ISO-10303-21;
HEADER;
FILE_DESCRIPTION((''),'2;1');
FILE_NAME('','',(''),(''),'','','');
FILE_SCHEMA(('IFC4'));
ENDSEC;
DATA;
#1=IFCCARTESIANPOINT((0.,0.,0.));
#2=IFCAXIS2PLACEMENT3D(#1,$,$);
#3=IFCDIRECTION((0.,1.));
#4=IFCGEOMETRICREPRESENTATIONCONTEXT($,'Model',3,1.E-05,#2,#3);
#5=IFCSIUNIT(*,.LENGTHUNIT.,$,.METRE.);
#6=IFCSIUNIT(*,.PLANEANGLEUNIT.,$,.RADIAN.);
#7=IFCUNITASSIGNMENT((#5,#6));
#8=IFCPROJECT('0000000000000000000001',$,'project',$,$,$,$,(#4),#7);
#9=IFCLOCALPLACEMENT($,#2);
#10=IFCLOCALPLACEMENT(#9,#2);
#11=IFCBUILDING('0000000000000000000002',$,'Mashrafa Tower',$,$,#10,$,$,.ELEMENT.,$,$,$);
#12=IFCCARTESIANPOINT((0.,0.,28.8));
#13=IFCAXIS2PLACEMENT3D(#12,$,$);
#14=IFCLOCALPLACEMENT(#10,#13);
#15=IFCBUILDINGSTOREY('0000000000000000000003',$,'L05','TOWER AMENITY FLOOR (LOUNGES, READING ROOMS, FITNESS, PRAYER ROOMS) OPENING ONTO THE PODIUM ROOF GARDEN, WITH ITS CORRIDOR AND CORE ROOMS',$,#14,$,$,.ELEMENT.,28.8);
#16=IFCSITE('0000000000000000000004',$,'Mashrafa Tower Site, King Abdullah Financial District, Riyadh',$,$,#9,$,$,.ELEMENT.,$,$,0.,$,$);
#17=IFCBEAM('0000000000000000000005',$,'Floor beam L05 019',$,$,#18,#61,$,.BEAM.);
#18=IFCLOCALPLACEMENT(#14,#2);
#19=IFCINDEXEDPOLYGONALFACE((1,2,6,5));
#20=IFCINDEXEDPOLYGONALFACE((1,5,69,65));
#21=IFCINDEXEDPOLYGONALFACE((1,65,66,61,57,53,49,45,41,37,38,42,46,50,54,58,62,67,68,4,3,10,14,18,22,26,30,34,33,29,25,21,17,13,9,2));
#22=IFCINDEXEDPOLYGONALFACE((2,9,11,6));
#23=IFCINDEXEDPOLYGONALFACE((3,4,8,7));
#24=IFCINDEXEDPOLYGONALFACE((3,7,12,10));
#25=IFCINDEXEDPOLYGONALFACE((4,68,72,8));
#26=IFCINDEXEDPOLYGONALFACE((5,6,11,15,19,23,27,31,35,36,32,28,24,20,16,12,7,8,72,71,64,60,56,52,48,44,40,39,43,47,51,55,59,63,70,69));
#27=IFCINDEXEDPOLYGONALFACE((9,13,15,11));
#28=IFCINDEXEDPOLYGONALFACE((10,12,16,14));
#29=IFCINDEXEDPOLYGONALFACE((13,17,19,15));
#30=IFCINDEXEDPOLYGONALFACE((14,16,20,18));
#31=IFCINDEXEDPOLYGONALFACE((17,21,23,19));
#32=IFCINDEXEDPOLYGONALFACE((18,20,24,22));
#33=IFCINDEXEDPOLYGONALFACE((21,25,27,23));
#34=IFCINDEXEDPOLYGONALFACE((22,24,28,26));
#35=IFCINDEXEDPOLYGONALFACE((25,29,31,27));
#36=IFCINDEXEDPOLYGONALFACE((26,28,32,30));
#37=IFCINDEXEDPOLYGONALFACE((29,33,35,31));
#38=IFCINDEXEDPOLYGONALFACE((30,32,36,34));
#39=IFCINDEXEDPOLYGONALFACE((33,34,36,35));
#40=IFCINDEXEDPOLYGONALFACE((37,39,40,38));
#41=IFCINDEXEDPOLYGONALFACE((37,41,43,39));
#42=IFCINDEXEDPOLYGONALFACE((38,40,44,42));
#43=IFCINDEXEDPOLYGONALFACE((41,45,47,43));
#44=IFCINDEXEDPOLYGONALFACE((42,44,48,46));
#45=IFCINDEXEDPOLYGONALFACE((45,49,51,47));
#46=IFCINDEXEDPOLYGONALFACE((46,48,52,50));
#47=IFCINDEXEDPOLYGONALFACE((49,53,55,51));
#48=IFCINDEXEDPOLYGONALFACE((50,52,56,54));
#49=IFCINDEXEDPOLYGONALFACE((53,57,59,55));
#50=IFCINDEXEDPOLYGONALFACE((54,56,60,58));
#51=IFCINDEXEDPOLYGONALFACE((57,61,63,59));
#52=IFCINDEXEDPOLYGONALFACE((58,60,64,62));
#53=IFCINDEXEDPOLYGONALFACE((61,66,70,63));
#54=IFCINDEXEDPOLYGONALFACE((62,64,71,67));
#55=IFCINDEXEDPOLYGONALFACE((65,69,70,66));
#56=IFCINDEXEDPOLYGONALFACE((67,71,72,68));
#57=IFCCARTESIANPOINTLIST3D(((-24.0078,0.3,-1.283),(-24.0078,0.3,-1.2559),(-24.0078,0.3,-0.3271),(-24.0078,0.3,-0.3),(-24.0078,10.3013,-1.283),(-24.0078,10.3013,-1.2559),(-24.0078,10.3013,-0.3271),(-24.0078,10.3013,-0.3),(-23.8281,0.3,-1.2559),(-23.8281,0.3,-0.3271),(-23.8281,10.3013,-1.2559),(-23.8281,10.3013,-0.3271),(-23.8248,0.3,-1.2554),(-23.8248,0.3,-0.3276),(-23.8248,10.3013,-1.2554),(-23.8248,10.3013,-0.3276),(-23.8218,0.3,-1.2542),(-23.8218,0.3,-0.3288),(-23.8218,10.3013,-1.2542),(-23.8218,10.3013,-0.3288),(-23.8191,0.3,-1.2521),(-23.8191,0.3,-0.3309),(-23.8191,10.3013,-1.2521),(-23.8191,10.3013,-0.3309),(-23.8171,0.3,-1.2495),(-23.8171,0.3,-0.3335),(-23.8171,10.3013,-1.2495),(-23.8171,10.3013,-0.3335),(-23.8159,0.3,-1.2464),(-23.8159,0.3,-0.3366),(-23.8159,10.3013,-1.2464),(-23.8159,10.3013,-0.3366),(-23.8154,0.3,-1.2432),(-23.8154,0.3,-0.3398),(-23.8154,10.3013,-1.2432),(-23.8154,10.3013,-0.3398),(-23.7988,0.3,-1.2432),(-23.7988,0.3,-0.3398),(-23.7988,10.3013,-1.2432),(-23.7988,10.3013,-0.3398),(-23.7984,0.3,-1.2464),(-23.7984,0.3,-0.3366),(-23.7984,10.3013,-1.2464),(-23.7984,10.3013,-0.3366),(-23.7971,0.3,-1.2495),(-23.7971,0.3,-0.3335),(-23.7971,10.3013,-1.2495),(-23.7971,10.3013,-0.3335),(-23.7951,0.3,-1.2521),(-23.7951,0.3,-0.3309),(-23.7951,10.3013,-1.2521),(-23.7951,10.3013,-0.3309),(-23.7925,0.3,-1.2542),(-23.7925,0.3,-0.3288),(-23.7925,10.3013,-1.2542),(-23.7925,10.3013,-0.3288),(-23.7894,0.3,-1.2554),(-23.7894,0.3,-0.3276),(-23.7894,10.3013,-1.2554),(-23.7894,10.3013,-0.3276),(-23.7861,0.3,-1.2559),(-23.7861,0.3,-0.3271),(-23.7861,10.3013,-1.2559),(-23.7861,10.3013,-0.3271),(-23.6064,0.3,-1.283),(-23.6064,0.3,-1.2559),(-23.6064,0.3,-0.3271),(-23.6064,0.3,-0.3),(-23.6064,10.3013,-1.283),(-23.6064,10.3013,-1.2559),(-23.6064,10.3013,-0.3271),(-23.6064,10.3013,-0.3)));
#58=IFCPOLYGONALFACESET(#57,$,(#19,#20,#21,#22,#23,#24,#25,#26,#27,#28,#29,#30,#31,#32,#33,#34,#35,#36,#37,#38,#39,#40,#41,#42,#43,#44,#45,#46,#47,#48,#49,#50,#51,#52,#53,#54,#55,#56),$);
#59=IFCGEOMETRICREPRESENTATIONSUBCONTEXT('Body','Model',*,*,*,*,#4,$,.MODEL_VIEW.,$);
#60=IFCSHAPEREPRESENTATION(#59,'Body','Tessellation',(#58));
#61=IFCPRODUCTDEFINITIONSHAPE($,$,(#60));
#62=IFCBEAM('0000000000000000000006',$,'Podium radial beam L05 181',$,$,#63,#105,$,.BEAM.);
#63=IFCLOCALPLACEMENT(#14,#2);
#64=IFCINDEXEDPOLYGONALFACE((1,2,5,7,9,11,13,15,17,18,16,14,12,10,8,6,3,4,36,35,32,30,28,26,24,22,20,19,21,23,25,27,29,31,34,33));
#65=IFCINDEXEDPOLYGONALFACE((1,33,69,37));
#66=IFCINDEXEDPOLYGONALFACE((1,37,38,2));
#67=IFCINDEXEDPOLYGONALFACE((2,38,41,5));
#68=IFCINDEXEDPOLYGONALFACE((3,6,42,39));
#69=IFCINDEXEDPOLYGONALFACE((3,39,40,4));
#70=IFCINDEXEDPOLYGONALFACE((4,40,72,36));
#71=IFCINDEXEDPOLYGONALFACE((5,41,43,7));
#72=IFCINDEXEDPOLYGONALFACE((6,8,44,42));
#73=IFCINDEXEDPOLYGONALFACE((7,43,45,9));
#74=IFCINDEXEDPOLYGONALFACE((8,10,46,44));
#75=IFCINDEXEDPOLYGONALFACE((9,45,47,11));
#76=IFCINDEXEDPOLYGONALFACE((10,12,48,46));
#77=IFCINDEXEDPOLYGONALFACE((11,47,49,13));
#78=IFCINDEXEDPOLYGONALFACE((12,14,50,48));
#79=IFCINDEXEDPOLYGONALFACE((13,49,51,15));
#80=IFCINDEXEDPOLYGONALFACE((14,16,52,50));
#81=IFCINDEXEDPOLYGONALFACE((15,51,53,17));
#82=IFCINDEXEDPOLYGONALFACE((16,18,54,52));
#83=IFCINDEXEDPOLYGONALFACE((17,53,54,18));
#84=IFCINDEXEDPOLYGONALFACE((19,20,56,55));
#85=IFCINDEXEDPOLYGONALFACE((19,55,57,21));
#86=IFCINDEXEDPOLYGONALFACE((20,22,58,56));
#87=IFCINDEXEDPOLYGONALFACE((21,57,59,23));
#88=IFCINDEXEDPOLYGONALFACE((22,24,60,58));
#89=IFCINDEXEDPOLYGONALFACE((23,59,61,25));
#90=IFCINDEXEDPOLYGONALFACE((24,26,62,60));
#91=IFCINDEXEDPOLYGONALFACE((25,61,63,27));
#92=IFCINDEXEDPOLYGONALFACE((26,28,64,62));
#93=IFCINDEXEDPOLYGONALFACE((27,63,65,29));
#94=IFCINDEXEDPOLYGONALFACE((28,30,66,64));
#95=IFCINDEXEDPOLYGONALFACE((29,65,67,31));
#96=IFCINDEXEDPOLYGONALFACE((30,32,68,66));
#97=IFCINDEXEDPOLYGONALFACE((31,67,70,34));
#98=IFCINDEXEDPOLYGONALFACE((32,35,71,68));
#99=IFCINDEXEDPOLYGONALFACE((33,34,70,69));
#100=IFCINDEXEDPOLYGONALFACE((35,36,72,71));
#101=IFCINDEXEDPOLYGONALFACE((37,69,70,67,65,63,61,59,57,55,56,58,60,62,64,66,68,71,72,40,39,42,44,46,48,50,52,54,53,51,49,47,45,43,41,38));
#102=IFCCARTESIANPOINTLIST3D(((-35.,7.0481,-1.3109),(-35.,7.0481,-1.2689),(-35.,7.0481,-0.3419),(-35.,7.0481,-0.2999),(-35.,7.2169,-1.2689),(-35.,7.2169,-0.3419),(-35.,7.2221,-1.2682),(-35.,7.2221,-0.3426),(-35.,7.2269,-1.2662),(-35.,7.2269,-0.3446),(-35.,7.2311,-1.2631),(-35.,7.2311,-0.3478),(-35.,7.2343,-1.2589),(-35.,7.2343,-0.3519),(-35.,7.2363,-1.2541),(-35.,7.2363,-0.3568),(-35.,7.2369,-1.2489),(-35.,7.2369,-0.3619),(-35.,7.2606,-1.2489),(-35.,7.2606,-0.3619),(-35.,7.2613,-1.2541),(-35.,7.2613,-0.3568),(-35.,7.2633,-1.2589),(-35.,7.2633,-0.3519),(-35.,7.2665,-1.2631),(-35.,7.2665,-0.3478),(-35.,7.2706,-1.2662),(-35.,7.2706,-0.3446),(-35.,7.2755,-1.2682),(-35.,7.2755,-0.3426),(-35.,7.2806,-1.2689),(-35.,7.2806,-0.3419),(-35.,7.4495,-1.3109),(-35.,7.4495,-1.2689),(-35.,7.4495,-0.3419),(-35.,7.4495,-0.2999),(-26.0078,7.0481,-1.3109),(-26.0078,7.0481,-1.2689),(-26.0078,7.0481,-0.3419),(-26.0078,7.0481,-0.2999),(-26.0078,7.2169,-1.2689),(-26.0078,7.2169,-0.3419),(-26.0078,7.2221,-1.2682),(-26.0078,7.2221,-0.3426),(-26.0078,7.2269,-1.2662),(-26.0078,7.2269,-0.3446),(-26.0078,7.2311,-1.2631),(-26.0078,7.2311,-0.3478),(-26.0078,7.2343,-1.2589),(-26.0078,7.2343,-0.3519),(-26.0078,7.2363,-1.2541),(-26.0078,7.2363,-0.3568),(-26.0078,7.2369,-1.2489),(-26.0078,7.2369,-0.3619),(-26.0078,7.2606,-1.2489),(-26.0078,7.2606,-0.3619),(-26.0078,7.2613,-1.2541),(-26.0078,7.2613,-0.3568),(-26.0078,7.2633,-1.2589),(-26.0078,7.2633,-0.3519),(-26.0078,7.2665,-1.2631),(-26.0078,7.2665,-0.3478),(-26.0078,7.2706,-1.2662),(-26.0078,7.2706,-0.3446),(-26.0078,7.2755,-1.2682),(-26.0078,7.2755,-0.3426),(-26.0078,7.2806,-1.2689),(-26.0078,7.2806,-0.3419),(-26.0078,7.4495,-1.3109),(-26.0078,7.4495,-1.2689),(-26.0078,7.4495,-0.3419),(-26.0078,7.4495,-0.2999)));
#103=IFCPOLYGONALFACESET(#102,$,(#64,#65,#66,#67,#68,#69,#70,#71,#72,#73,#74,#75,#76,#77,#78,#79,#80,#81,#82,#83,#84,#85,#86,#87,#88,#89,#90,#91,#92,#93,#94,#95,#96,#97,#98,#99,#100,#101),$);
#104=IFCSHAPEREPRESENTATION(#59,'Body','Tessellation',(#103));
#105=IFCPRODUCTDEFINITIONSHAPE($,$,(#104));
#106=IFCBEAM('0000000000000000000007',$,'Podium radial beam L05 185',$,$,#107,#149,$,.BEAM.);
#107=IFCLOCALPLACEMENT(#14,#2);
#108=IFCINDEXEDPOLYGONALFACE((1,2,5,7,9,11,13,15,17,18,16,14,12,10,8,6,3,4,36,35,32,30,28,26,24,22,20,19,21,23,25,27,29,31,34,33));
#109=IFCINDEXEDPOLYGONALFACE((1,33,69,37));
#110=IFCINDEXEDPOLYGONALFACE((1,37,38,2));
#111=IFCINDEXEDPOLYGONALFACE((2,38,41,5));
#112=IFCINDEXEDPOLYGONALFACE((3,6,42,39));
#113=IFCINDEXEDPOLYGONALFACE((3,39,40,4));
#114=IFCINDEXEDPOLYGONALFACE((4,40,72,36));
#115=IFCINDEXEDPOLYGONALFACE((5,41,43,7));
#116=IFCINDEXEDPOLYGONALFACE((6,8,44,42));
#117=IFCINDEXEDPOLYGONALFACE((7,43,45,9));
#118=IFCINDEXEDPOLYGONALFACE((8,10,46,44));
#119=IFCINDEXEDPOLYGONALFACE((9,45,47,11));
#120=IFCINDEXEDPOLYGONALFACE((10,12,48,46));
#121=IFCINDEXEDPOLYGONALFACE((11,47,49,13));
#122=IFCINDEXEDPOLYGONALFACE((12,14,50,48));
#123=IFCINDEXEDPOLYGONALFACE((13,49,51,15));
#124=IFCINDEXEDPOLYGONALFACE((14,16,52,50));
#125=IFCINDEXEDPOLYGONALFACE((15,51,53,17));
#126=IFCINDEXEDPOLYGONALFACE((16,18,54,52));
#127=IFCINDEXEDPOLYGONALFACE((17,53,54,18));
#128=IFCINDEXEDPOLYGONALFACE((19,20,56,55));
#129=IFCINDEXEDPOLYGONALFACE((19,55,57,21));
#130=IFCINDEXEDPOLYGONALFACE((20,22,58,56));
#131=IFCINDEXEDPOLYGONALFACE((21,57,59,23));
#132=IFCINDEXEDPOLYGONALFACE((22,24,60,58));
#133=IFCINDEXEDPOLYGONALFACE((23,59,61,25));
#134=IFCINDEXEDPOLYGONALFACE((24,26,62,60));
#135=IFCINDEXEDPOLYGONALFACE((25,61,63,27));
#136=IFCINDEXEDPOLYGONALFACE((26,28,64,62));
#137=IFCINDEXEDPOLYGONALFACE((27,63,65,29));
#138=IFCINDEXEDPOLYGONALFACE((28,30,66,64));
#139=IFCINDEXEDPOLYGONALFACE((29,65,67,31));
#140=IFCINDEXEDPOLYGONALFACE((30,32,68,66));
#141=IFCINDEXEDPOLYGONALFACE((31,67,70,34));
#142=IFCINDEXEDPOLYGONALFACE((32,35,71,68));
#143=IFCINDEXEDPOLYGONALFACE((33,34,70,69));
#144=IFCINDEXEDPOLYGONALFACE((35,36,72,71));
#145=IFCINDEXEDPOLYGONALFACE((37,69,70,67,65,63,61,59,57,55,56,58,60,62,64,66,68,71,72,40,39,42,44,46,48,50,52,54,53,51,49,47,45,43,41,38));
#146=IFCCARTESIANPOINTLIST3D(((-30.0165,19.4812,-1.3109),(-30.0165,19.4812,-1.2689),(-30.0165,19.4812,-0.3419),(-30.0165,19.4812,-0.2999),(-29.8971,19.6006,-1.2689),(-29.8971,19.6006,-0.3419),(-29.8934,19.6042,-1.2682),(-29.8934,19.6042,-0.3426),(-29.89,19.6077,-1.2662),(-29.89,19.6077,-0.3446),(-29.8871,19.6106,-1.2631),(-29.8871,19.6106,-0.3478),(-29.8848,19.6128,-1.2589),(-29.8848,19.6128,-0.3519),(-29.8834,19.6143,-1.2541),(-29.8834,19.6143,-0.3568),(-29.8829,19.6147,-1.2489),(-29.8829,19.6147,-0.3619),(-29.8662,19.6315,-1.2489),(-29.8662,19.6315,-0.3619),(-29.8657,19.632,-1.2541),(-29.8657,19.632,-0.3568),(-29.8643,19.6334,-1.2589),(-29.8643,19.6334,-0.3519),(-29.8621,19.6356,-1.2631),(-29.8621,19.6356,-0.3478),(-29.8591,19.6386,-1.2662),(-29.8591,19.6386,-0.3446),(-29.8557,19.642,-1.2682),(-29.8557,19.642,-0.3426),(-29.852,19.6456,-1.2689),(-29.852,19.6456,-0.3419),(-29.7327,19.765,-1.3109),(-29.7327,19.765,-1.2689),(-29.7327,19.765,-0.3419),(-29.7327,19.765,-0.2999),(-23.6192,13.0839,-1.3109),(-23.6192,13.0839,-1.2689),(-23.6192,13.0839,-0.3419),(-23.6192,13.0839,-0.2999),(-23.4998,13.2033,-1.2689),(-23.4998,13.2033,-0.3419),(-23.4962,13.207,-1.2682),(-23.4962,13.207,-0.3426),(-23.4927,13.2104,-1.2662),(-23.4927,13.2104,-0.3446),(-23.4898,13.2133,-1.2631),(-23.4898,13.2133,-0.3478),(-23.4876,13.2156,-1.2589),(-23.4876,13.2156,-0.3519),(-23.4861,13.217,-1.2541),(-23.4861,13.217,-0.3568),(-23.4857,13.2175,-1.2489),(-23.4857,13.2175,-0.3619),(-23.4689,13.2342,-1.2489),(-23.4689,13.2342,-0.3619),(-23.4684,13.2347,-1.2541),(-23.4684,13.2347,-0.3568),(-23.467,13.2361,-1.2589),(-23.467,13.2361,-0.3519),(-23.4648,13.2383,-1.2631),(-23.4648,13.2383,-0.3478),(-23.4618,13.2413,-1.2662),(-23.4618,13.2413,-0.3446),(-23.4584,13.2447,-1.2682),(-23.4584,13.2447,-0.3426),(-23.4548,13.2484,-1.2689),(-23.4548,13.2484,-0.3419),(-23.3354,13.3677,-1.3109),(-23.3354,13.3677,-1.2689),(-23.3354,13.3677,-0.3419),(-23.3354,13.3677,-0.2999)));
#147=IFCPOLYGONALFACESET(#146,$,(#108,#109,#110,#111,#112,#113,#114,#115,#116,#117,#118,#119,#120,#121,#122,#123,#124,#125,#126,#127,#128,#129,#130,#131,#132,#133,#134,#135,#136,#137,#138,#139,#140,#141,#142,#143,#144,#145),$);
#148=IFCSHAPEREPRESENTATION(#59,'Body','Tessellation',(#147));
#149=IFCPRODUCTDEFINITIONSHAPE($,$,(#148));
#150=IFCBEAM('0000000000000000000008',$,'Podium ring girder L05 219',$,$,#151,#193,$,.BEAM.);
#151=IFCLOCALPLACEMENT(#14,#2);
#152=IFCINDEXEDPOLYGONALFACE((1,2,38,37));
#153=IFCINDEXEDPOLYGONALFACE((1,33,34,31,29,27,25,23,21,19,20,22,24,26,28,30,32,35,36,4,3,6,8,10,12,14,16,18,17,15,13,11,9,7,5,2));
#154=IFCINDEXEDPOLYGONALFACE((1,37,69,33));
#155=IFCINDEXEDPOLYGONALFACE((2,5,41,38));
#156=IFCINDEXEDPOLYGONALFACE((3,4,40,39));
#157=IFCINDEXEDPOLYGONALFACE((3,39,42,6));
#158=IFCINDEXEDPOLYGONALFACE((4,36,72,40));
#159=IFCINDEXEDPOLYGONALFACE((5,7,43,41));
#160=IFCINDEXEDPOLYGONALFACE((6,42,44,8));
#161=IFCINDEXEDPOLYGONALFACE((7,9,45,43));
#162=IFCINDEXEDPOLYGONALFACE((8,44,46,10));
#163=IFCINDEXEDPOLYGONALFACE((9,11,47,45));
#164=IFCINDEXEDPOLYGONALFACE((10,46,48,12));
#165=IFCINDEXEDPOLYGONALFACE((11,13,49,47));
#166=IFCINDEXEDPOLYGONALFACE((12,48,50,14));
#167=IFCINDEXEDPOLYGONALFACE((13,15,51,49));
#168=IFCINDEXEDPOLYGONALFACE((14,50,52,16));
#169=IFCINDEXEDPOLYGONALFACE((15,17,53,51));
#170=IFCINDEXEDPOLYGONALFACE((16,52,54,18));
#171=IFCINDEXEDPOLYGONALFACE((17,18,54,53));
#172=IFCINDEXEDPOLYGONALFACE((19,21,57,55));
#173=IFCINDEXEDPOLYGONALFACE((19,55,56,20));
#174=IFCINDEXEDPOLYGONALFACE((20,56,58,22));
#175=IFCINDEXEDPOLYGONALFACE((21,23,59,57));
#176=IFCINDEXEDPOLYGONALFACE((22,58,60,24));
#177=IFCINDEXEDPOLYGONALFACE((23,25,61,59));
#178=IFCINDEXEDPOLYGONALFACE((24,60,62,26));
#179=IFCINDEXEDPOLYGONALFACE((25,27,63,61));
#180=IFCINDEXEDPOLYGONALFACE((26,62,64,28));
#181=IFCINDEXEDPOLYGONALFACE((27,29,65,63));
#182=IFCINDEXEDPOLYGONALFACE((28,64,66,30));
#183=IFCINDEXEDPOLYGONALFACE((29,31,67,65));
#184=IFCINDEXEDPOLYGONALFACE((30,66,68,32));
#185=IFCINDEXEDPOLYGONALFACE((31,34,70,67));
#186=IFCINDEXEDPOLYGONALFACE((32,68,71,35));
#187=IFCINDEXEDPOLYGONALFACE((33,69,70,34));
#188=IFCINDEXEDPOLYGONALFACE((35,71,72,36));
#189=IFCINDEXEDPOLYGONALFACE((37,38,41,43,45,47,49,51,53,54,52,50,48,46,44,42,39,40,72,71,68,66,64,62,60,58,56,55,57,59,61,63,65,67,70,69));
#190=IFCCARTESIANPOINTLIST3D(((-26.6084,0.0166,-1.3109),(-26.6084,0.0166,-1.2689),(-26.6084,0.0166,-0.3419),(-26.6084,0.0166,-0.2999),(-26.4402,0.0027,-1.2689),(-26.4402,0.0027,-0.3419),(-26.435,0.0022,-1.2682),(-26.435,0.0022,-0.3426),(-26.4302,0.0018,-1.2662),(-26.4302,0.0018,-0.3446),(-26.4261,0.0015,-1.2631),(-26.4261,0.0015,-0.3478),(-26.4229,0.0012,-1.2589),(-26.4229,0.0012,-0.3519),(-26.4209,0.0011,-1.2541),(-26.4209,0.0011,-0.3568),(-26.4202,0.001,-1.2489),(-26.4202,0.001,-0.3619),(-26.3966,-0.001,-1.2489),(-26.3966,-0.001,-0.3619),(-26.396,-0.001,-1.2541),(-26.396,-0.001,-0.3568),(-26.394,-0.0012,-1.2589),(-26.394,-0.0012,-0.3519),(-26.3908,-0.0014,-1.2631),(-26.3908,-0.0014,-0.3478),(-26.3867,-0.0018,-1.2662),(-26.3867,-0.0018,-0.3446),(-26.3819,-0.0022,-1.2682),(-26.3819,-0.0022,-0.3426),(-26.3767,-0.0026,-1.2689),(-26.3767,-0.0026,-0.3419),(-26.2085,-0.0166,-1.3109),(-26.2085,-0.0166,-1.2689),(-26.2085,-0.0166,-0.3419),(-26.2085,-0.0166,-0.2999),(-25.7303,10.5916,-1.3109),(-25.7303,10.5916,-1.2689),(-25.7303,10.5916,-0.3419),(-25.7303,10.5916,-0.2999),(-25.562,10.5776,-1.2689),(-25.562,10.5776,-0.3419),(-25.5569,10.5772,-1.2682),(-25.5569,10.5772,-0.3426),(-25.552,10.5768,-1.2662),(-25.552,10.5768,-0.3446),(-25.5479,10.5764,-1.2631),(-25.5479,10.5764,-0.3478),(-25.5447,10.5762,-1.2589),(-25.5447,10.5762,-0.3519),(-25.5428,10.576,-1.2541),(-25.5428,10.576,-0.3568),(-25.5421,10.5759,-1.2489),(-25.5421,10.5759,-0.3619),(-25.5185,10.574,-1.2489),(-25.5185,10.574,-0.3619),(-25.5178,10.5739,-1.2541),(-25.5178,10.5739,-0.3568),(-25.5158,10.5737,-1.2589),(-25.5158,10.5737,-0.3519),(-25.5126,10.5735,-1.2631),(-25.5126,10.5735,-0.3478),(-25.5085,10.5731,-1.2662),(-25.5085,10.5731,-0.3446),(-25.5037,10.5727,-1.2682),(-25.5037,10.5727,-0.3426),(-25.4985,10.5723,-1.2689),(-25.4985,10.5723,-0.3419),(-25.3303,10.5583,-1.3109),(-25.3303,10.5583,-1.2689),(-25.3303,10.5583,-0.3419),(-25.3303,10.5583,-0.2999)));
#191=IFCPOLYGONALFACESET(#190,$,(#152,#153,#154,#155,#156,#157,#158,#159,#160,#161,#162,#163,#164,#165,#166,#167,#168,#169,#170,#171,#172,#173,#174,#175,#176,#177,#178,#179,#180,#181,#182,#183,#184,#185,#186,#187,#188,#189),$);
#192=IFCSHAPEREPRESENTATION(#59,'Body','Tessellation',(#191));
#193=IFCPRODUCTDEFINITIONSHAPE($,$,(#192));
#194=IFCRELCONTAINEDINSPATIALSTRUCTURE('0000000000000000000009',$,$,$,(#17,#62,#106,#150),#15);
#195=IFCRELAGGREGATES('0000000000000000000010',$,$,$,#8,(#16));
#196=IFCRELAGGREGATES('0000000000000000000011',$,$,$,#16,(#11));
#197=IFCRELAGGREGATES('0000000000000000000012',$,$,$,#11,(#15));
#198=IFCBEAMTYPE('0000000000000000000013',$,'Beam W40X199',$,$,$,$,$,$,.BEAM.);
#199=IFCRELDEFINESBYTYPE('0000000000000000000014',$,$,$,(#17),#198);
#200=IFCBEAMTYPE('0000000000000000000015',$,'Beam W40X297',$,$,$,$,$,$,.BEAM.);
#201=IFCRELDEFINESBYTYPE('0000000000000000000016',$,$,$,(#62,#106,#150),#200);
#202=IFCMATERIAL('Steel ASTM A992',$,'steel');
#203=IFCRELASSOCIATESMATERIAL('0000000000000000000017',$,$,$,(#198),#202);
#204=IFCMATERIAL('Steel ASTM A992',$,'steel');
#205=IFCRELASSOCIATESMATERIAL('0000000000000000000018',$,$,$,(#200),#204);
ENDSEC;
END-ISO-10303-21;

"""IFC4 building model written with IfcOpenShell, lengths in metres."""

from ifc_helpers import new_model, si_unit, direction, frame, origin, origin_2d, place, context, subcontext, project, spatial, i_section, extrude, material, material_profile, profile_set, type_object, element, save


model = new_model("IFC4")

# Units and contexts
model_context = context("Model", 3, precision=1e-05, world=origin(), true_north=direction((0.0, 1.0)))
body_context = subcontext(model_context, "Body", "Model", "MODEL_VIEW")
ifc_project = project(units=[si_unit("LENGTHUNIT", "METRE"), si_unit("PLANEANGLEUNIT", "RADIAN")], contexts=[model_context])

# Site, building, storey
site_placement = place(None, origin())
site = spatial("IfcSite", under=ifc_project, at=site_placement, Name="Mashrafa Tower Site, King Abdullah Financial District, Riyadh", CompositionType="ELEMENT", RefElevation=0.0)
building_placement = place(site_placement, origin())
building = spatial("IfcBuilding", under=site, at=building_placement, Name="Mashrafa Tower", CompositionType="ELEMENT")
storey_placement = place(building_placement, frame((0.0, 0.0, 28.8)))
storey = spatial("IfcBuildingStorey", under=building, at=storey_placement, Name="L05", Description="TOWER AMENITY FLOOR (LOUNGES, READING ROOMS, FITNESS, PRAYER ROOMS) OPENING ONTO THE PODIUM ROOF GARDEN, WITH ITS CORRIDOR AND CORE ROOMS", CompositionType="ELEMENT", Elevation=28.8)

# Beams
ifc_material_1 = material(Name="Steel ASTM A992", Category="steel")
ifc_material_profile_1 = material_profile(ifc_material_1, i_section(OverallWidth=0.4014, OverallDepth=0.9829, WebThickness=0.0166, FlangeThickness=0.0271, FilletRadius=0.0127, at=origin_2d()), Name="W40X199")
ifc_profile_set_1 = profile_set([ifc_material_profile_1], Name="Steel ASTM A992")
beam_type_1 = type_object("IfcBeamType", Name="Beam W40X199", PredefinedType="BEAM", material=ifc_profile_set_1)
beam_1_placement = place(storey_placement, frame((-23.8071, 0.3, -0.7915), z_axis=(0.0, 1.0, 0.0), x_axis=(-1.0, 0.0, 0.0)))
element("IfcBeam", 1, at=beam_1_placement, inside=storey, type_object=beam_type_1, Name="Floor beam L05 019", PredefinedType="BEAM", context=body_context, shape_type="SweptSolid", body=[
    extrude(i_section(OverallWidth=0.4014, OverallDepth=0.9829, WebThickness=0.0166, FlangeThickness=0.0271, FilletRadius=0.0127, at=origin_2d()), origin(), (0.0, 0.0, 1.0), 10.0012),
])
ifc_material_2 = material(Name="Steel ASTM A992", Category="steel")
ifc_material_profile_2 = material_profile(ifc_material_2, i_section(OverallWidth=0.4014, OverallDepth=1.011, WebThickness=0.0237, FlangeThickness=0.042, FilletRadius=0.02, at=origin_2d()), Name="W40X297")
ifc_profile_set_2 = profile_set([ifc_material_profile_2], Name="Steel ASTM A992")
beam_type_2 = type_object("IfcBeamType", Name="Beam W40X297", PredefinedType="BEAM", material=ifc_profile_set_2)
beam_2_placement = place(storey_placement, frame((-26.0078, 7.2488, -0.8054), z_axis=(-1.0, 0.0, 0.0), x_axis=(0.0, -1.0, 0.0)))
element("IfcBeam", 2, at=beam_2_placement, inside=storey, type_object=beam_type_2, Name="Podium radial beam L05 181", PredefinedType="BEAM", context=body_context, shape_type="SweptSolid", body=[
    extrude(i_section(OverallWidth=0.4014, OverallDepth=1.011, WebThickness=0.0237, FlangeThickness=0.042, FilletRadius=0.02, at=origin_2d()), origin(), (0.0, 0.0, 1.0), 8.9922),
])
beam_3_placement = place(storey_placement, frame((-23.4773, 13.2258, -0.8054), z_axis=(-0.707107, 0.707107, 0.0), x_axis=(-0.707107, -0.707107, 0.0)))
element("IfcBeam", 3, at=beam_3_placement, inside=storey, type_object=beam_type_2, Name="Podium radial beam L05 185", PredefinedType="BEAM", context=body_context, shape_type="SweptSolid", body=[
    extrude(i_section(OverallWidth=0.4014, OverallDepth=1.011, WebThickness=0.0237, FlangeThickness=0.042, FilletRadius=0.02, at=origin_2d()), origin(), (0.0, 0.0, 1.0), 9.0471),
])
beam_4_placement = place(storey_placement, frame((-25.5303, 10.575, -0.8054), z_axis=(-0.082758, -0.99657, 0.0), x_axis=(0.99657, -0.082758, 0.0)))
element("IfcBeam", 4, at=beam_4_placement, inside=storey, type_object=beam_type_2, Name="Podium ring girder L05 219", PredefinedType="BEAM", context=body_context, shape_type="SweptSolid", body=[
    extrude(i_section(OverallWidth=0.4014, OverallDepth=1.011, WebThickness=0.0237, FlangeThickness=0.042, FilletRadius=0.02, at=origin_2d()), origin(), (0.0, 0.0, 1.0), 10.6113),
])

save(model, "model.ifc")
